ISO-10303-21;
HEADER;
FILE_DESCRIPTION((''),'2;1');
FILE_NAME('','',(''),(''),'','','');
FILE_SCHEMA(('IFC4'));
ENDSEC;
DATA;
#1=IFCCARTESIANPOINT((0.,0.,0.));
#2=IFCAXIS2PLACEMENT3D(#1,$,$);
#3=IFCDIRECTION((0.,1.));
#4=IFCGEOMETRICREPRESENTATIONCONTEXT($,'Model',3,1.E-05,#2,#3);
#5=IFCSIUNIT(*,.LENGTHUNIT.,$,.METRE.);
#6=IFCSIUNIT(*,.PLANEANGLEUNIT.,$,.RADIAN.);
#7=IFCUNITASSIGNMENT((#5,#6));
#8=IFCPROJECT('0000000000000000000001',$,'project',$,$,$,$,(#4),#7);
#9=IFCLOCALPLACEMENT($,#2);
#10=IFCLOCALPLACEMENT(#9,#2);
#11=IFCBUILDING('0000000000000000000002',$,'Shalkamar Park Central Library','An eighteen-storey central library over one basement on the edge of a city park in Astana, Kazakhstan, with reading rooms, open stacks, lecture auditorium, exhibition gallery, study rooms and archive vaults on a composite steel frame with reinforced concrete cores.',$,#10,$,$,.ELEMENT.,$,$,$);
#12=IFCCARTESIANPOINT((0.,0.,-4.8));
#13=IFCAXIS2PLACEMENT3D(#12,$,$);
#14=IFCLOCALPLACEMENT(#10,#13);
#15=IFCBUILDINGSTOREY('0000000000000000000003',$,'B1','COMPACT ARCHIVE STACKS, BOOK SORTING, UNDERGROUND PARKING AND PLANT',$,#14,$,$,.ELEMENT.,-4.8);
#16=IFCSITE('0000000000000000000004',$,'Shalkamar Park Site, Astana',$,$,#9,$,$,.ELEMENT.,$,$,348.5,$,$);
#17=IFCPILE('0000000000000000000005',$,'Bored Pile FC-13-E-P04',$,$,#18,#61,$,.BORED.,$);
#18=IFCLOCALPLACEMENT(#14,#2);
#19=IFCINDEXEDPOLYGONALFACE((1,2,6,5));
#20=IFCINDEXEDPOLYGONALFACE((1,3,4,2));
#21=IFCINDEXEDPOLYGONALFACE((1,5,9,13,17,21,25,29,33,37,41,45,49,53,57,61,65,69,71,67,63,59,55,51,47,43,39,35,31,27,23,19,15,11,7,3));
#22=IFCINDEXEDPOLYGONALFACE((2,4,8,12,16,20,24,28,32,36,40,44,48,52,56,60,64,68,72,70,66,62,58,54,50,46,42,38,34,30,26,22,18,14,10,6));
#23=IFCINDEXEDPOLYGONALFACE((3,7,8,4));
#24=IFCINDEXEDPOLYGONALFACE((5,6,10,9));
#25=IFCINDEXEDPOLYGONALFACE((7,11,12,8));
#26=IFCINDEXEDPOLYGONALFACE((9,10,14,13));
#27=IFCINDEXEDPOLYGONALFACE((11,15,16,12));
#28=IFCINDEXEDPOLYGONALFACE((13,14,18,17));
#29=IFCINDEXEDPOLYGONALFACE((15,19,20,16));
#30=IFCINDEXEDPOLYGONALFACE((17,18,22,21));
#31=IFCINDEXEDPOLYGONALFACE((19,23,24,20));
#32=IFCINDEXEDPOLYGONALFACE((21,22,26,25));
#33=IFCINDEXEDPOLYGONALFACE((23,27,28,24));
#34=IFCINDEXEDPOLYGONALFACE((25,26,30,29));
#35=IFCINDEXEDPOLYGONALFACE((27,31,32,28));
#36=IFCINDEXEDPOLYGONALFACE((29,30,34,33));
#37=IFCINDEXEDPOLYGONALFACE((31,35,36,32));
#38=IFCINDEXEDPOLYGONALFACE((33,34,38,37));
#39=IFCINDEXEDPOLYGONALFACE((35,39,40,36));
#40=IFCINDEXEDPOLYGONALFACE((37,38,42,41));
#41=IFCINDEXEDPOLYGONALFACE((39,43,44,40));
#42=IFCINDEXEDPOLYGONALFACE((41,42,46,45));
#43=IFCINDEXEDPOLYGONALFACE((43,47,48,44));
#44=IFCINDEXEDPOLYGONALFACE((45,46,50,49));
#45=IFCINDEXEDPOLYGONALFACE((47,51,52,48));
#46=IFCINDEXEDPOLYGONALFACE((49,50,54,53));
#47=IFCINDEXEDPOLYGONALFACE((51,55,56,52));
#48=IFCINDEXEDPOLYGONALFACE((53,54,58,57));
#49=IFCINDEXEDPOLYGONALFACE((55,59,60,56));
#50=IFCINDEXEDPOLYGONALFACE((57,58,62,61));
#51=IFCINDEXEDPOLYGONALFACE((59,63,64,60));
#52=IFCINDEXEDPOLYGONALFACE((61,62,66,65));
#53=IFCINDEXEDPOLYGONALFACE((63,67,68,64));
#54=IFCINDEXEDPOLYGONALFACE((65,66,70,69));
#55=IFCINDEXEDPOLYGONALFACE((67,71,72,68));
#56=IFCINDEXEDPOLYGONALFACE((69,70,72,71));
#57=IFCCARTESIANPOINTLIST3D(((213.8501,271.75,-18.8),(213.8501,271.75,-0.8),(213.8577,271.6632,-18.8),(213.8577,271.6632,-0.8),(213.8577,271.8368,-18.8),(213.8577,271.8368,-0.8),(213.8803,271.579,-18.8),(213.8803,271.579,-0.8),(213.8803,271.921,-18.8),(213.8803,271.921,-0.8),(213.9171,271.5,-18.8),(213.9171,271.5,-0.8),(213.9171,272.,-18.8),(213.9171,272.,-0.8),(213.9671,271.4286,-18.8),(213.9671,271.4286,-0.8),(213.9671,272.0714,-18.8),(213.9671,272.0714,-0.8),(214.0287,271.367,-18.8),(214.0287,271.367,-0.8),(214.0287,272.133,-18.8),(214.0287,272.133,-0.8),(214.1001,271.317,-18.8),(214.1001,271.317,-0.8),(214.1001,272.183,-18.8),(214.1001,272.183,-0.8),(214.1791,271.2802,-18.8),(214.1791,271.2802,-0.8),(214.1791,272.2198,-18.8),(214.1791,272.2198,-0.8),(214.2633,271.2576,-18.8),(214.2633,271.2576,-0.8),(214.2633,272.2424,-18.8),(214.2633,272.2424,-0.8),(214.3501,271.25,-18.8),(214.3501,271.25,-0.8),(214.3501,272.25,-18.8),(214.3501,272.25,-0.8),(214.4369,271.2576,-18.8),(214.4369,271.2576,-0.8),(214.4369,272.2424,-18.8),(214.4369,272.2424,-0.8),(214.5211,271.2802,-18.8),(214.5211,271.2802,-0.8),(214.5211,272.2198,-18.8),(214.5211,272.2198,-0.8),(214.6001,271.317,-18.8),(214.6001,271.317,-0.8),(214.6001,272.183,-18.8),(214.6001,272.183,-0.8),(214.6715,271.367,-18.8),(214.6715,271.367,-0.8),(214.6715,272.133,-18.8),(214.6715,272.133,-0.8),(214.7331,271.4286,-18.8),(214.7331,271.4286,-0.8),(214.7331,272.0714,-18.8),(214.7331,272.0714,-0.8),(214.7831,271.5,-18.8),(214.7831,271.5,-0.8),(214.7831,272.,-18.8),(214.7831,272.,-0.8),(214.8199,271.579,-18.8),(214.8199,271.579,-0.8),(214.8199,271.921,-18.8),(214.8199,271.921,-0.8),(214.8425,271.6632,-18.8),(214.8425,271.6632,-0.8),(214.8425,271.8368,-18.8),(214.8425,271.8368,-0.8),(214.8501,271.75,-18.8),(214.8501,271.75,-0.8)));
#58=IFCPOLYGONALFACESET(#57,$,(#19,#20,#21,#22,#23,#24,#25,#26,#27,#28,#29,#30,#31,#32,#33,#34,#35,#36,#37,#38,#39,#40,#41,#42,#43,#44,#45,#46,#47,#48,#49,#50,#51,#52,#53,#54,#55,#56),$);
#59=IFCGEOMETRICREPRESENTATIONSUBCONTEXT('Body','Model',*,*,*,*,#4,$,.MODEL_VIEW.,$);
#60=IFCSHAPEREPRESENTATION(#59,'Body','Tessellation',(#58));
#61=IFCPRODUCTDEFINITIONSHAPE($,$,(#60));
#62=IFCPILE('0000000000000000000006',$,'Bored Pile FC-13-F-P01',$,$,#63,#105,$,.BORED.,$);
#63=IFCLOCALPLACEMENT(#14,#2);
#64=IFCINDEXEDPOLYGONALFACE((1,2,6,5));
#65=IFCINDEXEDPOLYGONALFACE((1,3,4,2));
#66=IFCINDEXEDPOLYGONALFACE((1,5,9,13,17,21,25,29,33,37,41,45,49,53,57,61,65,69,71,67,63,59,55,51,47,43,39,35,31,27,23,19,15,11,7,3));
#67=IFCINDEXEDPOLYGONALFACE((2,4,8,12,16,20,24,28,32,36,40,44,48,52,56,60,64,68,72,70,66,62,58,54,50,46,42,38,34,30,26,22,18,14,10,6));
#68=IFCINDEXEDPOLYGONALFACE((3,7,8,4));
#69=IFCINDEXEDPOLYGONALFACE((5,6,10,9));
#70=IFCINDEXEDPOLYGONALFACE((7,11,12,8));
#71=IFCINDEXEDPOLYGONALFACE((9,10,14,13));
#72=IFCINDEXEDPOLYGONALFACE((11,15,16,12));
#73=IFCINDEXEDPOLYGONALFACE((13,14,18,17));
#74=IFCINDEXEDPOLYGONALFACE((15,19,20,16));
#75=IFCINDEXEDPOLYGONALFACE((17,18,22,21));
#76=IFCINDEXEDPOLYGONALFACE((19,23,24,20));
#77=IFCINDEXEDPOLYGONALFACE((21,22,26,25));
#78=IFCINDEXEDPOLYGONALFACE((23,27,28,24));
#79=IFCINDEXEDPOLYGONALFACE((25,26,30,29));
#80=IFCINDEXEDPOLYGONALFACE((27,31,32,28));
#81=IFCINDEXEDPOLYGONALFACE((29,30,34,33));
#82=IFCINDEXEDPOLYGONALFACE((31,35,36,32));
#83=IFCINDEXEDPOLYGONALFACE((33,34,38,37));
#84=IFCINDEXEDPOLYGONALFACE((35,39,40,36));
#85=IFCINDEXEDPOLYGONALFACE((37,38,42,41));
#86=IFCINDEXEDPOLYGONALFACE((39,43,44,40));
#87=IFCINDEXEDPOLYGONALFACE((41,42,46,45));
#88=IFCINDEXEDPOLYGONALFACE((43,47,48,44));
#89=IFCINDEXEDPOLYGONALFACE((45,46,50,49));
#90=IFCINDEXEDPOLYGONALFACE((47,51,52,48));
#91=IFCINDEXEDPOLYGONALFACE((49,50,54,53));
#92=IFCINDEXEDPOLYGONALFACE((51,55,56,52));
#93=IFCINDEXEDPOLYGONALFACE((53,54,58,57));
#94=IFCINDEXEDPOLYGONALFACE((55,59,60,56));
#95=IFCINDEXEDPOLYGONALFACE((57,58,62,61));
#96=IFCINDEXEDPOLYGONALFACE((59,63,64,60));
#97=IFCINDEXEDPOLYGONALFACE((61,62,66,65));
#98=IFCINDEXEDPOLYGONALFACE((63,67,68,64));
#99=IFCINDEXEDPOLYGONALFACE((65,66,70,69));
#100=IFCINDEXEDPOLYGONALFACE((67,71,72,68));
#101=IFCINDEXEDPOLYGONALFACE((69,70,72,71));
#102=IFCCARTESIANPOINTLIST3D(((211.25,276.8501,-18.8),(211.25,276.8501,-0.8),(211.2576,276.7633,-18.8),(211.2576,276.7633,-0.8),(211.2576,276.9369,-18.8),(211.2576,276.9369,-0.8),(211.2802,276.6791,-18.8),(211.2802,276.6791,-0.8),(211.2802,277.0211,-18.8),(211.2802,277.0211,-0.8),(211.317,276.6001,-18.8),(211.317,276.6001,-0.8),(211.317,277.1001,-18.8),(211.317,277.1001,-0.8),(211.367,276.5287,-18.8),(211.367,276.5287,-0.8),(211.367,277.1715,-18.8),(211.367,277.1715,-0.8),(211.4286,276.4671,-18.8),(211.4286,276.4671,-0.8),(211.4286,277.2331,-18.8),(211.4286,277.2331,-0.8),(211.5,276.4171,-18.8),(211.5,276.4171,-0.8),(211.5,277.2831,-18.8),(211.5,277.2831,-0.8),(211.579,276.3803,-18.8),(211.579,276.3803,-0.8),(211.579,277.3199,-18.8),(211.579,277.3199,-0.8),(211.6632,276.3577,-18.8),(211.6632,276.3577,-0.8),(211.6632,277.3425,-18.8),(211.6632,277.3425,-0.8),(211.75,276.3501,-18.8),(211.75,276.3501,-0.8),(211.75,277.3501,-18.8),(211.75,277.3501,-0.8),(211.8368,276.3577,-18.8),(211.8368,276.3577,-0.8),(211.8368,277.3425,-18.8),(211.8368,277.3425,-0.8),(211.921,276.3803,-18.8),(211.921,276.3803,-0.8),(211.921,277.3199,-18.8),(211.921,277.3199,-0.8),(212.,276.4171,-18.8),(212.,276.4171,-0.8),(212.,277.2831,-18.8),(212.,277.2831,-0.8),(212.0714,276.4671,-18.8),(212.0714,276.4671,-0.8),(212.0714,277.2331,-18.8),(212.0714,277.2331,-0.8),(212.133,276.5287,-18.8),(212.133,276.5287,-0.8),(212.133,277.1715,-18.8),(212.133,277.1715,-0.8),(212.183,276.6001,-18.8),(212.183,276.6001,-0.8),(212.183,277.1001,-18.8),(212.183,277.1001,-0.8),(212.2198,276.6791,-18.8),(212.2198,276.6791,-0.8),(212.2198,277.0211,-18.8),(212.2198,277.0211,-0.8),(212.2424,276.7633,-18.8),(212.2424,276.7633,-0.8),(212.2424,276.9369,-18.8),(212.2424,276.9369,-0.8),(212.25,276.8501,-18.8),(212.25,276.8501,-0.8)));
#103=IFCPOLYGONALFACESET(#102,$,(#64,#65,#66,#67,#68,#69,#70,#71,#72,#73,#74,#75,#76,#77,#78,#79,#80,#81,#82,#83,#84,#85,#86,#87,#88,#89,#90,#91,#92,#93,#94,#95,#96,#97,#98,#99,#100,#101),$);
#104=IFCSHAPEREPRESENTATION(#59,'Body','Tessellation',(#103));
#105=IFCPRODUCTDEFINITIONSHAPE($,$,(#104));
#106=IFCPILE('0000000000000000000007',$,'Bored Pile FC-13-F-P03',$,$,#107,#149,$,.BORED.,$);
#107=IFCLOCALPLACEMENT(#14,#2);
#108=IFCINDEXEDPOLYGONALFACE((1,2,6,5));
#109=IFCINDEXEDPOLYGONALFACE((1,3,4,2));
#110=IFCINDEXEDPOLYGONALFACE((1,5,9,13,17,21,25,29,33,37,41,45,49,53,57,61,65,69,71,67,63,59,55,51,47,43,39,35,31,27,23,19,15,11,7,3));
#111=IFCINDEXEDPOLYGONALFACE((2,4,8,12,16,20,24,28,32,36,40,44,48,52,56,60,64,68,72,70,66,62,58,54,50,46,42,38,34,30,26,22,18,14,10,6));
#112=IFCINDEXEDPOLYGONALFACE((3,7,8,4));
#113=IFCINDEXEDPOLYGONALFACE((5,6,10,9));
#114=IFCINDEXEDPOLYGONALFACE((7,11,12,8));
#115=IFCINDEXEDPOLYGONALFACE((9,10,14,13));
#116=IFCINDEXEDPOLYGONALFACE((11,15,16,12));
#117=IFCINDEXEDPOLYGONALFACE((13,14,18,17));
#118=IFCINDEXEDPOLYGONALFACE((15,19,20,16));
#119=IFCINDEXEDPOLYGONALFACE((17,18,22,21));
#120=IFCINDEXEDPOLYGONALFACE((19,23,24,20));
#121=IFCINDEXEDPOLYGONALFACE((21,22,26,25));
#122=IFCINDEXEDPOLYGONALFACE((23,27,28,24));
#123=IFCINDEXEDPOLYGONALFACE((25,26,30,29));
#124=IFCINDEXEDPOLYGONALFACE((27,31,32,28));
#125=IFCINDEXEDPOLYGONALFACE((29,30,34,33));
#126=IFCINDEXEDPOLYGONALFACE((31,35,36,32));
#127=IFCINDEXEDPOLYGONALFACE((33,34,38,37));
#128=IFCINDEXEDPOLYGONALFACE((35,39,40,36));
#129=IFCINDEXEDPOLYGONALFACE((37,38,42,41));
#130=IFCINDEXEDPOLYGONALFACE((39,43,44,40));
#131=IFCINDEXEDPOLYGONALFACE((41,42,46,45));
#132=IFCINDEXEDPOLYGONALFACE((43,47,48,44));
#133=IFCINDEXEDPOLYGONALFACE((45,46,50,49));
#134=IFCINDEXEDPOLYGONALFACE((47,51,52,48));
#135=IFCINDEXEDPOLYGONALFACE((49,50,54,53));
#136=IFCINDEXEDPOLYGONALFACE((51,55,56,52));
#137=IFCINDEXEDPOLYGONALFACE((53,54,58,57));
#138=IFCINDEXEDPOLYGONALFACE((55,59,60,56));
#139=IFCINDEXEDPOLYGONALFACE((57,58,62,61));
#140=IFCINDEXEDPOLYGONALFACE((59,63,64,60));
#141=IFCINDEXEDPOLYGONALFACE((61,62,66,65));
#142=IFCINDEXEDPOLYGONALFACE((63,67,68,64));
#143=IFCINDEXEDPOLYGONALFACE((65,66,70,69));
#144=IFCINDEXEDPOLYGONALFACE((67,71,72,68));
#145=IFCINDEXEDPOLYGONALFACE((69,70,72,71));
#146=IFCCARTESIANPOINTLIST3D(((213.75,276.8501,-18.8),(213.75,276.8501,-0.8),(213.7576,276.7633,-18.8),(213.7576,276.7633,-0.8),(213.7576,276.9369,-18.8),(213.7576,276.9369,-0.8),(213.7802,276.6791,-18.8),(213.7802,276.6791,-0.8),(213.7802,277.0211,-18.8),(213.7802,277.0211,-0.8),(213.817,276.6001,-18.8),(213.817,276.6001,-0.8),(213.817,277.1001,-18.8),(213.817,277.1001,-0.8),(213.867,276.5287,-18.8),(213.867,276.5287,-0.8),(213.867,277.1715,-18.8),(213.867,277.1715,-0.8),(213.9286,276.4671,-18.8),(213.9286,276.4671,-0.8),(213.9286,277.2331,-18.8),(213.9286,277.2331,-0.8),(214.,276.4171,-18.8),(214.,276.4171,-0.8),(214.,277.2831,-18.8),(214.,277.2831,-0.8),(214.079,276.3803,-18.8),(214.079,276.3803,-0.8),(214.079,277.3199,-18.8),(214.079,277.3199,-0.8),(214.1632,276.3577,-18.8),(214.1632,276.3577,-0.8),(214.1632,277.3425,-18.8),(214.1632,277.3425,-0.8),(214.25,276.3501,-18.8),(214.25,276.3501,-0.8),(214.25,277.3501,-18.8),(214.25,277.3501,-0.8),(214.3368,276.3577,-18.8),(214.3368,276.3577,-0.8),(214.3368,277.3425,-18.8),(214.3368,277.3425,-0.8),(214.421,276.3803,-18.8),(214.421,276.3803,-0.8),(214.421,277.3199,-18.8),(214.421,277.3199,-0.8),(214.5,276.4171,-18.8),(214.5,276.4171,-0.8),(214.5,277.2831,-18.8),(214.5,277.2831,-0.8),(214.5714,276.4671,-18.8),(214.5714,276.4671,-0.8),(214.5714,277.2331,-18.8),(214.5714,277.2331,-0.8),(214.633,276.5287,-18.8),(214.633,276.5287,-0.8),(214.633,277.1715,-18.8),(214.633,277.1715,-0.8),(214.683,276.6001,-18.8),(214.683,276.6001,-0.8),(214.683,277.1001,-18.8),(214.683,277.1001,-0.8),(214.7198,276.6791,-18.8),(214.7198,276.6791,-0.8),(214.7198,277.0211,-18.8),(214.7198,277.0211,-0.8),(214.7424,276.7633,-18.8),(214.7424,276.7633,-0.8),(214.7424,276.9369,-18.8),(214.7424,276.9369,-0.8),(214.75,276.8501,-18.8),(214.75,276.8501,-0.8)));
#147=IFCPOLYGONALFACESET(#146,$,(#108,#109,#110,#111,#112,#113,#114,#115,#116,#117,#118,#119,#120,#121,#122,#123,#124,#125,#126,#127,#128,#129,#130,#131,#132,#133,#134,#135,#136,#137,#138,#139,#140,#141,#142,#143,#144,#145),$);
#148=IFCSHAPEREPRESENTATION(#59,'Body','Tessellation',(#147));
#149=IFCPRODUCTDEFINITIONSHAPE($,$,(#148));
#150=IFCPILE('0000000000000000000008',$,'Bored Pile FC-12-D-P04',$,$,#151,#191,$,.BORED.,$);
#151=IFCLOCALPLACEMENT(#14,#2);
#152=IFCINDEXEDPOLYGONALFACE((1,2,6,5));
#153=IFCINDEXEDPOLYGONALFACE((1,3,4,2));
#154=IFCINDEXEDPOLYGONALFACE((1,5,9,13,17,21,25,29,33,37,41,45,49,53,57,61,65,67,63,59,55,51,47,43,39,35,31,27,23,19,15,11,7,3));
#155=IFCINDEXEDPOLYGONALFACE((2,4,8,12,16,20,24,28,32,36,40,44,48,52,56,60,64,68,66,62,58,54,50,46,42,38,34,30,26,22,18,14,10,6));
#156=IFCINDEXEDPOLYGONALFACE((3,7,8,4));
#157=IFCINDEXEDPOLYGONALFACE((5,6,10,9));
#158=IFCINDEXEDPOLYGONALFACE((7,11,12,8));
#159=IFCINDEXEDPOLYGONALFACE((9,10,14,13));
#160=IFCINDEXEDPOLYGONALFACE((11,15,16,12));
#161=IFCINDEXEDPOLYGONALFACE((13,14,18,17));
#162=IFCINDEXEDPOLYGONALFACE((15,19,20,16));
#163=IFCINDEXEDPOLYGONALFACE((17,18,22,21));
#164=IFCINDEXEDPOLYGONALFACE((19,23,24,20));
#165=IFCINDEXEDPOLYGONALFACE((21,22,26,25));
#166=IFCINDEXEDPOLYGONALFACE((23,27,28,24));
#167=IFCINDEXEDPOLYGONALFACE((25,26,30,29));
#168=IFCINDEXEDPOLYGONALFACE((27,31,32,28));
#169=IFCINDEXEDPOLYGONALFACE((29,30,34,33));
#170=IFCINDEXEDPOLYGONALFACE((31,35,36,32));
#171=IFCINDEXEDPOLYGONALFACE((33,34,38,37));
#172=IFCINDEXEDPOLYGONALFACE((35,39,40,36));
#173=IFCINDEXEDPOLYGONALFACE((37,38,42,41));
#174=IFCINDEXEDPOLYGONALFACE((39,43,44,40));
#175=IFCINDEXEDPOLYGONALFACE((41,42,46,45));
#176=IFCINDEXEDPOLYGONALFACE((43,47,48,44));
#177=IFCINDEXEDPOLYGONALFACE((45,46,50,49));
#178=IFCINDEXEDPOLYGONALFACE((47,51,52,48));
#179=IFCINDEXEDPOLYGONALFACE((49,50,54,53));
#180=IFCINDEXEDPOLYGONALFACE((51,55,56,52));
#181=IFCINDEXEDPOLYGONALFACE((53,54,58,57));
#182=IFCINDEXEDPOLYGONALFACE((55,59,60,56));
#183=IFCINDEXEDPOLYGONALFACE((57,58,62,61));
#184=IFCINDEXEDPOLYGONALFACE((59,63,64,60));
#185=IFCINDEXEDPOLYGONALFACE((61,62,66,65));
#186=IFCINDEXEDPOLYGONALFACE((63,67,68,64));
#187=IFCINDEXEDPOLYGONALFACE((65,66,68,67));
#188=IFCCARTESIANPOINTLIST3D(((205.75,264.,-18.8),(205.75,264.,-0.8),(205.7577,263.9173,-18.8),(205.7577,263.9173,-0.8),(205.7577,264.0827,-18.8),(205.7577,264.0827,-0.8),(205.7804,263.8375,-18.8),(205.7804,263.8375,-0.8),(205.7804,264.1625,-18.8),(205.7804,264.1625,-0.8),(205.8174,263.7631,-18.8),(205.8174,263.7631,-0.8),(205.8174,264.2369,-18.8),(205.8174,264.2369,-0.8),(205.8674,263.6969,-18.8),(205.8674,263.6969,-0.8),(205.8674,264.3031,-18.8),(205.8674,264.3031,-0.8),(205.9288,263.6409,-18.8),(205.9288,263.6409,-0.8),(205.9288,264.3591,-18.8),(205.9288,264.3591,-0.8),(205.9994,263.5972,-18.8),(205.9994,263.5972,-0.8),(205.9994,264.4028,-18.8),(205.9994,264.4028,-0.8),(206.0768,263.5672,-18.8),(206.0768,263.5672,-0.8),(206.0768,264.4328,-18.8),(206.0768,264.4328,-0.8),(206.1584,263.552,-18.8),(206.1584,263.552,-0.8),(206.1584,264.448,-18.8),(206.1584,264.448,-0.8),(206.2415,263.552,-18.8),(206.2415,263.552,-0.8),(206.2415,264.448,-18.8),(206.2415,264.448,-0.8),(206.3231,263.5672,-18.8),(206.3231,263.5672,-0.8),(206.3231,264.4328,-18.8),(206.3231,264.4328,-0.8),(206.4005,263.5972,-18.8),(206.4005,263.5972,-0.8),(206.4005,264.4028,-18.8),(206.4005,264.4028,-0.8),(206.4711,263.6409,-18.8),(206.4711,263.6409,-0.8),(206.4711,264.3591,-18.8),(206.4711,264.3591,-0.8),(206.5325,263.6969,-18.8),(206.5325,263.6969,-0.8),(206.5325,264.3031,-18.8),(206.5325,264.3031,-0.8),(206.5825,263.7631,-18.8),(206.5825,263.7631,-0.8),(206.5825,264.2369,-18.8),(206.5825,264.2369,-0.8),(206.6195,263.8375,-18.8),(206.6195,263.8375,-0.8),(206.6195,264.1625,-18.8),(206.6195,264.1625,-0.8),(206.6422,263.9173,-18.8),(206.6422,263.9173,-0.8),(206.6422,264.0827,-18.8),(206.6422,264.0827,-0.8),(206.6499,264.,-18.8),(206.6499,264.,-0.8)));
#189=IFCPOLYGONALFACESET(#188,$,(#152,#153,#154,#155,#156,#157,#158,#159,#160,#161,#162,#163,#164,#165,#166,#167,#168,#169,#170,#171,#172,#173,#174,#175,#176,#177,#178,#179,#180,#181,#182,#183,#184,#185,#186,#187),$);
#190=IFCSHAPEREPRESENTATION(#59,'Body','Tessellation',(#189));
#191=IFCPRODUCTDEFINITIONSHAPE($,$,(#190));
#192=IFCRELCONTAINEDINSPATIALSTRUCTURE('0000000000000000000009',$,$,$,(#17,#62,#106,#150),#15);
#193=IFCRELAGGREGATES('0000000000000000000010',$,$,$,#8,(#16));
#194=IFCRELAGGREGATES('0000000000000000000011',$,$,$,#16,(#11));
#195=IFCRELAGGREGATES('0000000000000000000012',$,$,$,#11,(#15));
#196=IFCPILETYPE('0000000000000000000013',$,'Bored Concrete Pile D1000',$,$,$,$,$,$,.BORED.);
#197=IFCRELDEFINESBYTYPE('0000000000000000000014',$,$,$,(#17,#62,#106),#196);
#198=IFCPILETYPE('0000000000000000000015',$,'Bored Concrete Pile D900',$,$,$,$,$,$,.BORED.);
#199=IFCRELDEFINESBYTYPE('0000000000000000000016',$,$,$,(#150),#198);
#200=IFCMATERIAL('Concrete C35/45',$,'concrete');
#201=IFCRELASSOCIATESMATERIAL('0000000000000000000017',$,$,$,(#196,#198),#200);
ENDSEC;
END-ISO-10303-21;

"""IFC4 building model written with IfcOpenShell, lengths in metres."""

from ifc_helpers import new_model, si_unit, direction, frame, origin, origin_2d, place, context, subcontext, project, spatial, circle, extrude, material, material_profile, profile_set, type_object, element, save


model = new_model("IFC4")

# Units and contexts
model_context = context("Model", 3, precision=1e-05, world=origin(), true_north=direction((0.0, 1.0)))
body_context = subcontext(model_context, "Body", "Model", "MODEL_VIEW")
ifc_project = project(units=[si_unit("LENGTHUNIT", "METRE"), si_unit("PLANEANGLEUNIT", "RADIAN")], contexts=[model_context])

# Site, building, storey
site_placement = place(None, origin())
site = spatial("IfcSite", under=ifc_project, at=site_placement, Name="Shalkamar Park Site, Astana", CompositionType="ELEMENT", RefElevation=348.5)
building_placement = place(site_placement, origin())
building = spatial("IfcBuilding", under=site, at=building_placement, Name="Shalkamar Park Central Library", Description="An eighteen-storey central library over one basement on the edge of a city park in Astana, Kazakhstan, with reading rooms, open stacks, lecture auditorium, exhibition gallery, study rooms and archive vaults on a composite steel frame with reinforced concrete cores.", CompositionType="ELEMENT")
storey_placement = place(building_placement, frame((0.0, 0.0, -4.8)))
storey = spatial("IfcBuildingStorey", under=building, at=storey_placement, Name="B1", Description="COMPACT ARCHIVE STACKS, BOOK SORTING, UNDERGROUND PARKING AND PLANT", CompositionType="ELEMENT", Elevation=-4.8)

# Piles
ifc_material_1 = material(Name="Concrete C35/45", Category="concrete")
ifc_material_profile_1 = material_profile(ifc_material_1, circle(Radius=0.5, at=origin_2d()), Name="PILE D1000")
ifc_profile_set_1 = profile_set([ifc_material_profile_1], Name="Concrete C35/45")
pile_type_1 = type_object("IfcPileType", Name="Bored Concrete Pile D1000", PredefinedType="BORED", material=ifc_profile_set_1)
for number, where, z_axis, x_axis, name in (
    (1, (214.3501, 271.75, -0.8), (0.0, 0.0, -1.0), (1.0, 0.0, 0.0), "Bored Pile FC-13-E-P04"),
    (2, (211.75, 276.8501, -0.8), (0.0, 0.0, -1.0), (1.0, 0.0, 0.0), "Bored Pile FC-13-F-P01"),
    (3, (214.25, 276.8501, -0.8), (0.0, 0.0, -1.0), (1.0, 0.0, 0.0), "Bored Pile FC-13-F-P03"),
):
    element("IfcPile", number, at=place(storey_placement, frame(where, z_axis=z_axis, x_axis=x_axis)), inside=storey, type_object=pile_type_1, Name=name, PredefinedType="BORED", context=body_context, shape_type="SweptSolid", body=[
        extrude(circle(Radius=0.5, at=origin_2d()), origin(), (0.0, 0.0, 1.0), 18.0),
    ])
ifc_material_profile_2 = material_profile(ifc_material_1, circle(Radius=0.45, at=origin_2d()), Name="PILE D900")
ifc_profile_set_2 = profile_set([ifc_material_profile_2], Name="Concrete C35/45")
pile_type_2 = type_object("IfcPileType", Name="Bored Concrete Pile D900", PredefinedType="BORED", material=ifc_profile_set_2)
for number, where, z_axis, x_axis, name in (
    (4, (206.2, 264.0, -0.8), (0.0, 0.0, -1.0), (1.0, 0.0, 0.0), "Bored Pile FC-12-D-P04"),
):
    element("IfcPile", number, at=place(storey_placement, frame(where, z_axis=z_axis, x_axis=x_axis)), inside=storey, type_object=pile_type_2, Name=name, PredefinedType="BORED", context=body_context, shape_type="SweptSolid", body=[
        extrude(circle(Radius=0.45, at=origin_2d()), origin(), (0.0, 0.0, 1.0), 18.0),
    ])

save(model, "model.ifc")
